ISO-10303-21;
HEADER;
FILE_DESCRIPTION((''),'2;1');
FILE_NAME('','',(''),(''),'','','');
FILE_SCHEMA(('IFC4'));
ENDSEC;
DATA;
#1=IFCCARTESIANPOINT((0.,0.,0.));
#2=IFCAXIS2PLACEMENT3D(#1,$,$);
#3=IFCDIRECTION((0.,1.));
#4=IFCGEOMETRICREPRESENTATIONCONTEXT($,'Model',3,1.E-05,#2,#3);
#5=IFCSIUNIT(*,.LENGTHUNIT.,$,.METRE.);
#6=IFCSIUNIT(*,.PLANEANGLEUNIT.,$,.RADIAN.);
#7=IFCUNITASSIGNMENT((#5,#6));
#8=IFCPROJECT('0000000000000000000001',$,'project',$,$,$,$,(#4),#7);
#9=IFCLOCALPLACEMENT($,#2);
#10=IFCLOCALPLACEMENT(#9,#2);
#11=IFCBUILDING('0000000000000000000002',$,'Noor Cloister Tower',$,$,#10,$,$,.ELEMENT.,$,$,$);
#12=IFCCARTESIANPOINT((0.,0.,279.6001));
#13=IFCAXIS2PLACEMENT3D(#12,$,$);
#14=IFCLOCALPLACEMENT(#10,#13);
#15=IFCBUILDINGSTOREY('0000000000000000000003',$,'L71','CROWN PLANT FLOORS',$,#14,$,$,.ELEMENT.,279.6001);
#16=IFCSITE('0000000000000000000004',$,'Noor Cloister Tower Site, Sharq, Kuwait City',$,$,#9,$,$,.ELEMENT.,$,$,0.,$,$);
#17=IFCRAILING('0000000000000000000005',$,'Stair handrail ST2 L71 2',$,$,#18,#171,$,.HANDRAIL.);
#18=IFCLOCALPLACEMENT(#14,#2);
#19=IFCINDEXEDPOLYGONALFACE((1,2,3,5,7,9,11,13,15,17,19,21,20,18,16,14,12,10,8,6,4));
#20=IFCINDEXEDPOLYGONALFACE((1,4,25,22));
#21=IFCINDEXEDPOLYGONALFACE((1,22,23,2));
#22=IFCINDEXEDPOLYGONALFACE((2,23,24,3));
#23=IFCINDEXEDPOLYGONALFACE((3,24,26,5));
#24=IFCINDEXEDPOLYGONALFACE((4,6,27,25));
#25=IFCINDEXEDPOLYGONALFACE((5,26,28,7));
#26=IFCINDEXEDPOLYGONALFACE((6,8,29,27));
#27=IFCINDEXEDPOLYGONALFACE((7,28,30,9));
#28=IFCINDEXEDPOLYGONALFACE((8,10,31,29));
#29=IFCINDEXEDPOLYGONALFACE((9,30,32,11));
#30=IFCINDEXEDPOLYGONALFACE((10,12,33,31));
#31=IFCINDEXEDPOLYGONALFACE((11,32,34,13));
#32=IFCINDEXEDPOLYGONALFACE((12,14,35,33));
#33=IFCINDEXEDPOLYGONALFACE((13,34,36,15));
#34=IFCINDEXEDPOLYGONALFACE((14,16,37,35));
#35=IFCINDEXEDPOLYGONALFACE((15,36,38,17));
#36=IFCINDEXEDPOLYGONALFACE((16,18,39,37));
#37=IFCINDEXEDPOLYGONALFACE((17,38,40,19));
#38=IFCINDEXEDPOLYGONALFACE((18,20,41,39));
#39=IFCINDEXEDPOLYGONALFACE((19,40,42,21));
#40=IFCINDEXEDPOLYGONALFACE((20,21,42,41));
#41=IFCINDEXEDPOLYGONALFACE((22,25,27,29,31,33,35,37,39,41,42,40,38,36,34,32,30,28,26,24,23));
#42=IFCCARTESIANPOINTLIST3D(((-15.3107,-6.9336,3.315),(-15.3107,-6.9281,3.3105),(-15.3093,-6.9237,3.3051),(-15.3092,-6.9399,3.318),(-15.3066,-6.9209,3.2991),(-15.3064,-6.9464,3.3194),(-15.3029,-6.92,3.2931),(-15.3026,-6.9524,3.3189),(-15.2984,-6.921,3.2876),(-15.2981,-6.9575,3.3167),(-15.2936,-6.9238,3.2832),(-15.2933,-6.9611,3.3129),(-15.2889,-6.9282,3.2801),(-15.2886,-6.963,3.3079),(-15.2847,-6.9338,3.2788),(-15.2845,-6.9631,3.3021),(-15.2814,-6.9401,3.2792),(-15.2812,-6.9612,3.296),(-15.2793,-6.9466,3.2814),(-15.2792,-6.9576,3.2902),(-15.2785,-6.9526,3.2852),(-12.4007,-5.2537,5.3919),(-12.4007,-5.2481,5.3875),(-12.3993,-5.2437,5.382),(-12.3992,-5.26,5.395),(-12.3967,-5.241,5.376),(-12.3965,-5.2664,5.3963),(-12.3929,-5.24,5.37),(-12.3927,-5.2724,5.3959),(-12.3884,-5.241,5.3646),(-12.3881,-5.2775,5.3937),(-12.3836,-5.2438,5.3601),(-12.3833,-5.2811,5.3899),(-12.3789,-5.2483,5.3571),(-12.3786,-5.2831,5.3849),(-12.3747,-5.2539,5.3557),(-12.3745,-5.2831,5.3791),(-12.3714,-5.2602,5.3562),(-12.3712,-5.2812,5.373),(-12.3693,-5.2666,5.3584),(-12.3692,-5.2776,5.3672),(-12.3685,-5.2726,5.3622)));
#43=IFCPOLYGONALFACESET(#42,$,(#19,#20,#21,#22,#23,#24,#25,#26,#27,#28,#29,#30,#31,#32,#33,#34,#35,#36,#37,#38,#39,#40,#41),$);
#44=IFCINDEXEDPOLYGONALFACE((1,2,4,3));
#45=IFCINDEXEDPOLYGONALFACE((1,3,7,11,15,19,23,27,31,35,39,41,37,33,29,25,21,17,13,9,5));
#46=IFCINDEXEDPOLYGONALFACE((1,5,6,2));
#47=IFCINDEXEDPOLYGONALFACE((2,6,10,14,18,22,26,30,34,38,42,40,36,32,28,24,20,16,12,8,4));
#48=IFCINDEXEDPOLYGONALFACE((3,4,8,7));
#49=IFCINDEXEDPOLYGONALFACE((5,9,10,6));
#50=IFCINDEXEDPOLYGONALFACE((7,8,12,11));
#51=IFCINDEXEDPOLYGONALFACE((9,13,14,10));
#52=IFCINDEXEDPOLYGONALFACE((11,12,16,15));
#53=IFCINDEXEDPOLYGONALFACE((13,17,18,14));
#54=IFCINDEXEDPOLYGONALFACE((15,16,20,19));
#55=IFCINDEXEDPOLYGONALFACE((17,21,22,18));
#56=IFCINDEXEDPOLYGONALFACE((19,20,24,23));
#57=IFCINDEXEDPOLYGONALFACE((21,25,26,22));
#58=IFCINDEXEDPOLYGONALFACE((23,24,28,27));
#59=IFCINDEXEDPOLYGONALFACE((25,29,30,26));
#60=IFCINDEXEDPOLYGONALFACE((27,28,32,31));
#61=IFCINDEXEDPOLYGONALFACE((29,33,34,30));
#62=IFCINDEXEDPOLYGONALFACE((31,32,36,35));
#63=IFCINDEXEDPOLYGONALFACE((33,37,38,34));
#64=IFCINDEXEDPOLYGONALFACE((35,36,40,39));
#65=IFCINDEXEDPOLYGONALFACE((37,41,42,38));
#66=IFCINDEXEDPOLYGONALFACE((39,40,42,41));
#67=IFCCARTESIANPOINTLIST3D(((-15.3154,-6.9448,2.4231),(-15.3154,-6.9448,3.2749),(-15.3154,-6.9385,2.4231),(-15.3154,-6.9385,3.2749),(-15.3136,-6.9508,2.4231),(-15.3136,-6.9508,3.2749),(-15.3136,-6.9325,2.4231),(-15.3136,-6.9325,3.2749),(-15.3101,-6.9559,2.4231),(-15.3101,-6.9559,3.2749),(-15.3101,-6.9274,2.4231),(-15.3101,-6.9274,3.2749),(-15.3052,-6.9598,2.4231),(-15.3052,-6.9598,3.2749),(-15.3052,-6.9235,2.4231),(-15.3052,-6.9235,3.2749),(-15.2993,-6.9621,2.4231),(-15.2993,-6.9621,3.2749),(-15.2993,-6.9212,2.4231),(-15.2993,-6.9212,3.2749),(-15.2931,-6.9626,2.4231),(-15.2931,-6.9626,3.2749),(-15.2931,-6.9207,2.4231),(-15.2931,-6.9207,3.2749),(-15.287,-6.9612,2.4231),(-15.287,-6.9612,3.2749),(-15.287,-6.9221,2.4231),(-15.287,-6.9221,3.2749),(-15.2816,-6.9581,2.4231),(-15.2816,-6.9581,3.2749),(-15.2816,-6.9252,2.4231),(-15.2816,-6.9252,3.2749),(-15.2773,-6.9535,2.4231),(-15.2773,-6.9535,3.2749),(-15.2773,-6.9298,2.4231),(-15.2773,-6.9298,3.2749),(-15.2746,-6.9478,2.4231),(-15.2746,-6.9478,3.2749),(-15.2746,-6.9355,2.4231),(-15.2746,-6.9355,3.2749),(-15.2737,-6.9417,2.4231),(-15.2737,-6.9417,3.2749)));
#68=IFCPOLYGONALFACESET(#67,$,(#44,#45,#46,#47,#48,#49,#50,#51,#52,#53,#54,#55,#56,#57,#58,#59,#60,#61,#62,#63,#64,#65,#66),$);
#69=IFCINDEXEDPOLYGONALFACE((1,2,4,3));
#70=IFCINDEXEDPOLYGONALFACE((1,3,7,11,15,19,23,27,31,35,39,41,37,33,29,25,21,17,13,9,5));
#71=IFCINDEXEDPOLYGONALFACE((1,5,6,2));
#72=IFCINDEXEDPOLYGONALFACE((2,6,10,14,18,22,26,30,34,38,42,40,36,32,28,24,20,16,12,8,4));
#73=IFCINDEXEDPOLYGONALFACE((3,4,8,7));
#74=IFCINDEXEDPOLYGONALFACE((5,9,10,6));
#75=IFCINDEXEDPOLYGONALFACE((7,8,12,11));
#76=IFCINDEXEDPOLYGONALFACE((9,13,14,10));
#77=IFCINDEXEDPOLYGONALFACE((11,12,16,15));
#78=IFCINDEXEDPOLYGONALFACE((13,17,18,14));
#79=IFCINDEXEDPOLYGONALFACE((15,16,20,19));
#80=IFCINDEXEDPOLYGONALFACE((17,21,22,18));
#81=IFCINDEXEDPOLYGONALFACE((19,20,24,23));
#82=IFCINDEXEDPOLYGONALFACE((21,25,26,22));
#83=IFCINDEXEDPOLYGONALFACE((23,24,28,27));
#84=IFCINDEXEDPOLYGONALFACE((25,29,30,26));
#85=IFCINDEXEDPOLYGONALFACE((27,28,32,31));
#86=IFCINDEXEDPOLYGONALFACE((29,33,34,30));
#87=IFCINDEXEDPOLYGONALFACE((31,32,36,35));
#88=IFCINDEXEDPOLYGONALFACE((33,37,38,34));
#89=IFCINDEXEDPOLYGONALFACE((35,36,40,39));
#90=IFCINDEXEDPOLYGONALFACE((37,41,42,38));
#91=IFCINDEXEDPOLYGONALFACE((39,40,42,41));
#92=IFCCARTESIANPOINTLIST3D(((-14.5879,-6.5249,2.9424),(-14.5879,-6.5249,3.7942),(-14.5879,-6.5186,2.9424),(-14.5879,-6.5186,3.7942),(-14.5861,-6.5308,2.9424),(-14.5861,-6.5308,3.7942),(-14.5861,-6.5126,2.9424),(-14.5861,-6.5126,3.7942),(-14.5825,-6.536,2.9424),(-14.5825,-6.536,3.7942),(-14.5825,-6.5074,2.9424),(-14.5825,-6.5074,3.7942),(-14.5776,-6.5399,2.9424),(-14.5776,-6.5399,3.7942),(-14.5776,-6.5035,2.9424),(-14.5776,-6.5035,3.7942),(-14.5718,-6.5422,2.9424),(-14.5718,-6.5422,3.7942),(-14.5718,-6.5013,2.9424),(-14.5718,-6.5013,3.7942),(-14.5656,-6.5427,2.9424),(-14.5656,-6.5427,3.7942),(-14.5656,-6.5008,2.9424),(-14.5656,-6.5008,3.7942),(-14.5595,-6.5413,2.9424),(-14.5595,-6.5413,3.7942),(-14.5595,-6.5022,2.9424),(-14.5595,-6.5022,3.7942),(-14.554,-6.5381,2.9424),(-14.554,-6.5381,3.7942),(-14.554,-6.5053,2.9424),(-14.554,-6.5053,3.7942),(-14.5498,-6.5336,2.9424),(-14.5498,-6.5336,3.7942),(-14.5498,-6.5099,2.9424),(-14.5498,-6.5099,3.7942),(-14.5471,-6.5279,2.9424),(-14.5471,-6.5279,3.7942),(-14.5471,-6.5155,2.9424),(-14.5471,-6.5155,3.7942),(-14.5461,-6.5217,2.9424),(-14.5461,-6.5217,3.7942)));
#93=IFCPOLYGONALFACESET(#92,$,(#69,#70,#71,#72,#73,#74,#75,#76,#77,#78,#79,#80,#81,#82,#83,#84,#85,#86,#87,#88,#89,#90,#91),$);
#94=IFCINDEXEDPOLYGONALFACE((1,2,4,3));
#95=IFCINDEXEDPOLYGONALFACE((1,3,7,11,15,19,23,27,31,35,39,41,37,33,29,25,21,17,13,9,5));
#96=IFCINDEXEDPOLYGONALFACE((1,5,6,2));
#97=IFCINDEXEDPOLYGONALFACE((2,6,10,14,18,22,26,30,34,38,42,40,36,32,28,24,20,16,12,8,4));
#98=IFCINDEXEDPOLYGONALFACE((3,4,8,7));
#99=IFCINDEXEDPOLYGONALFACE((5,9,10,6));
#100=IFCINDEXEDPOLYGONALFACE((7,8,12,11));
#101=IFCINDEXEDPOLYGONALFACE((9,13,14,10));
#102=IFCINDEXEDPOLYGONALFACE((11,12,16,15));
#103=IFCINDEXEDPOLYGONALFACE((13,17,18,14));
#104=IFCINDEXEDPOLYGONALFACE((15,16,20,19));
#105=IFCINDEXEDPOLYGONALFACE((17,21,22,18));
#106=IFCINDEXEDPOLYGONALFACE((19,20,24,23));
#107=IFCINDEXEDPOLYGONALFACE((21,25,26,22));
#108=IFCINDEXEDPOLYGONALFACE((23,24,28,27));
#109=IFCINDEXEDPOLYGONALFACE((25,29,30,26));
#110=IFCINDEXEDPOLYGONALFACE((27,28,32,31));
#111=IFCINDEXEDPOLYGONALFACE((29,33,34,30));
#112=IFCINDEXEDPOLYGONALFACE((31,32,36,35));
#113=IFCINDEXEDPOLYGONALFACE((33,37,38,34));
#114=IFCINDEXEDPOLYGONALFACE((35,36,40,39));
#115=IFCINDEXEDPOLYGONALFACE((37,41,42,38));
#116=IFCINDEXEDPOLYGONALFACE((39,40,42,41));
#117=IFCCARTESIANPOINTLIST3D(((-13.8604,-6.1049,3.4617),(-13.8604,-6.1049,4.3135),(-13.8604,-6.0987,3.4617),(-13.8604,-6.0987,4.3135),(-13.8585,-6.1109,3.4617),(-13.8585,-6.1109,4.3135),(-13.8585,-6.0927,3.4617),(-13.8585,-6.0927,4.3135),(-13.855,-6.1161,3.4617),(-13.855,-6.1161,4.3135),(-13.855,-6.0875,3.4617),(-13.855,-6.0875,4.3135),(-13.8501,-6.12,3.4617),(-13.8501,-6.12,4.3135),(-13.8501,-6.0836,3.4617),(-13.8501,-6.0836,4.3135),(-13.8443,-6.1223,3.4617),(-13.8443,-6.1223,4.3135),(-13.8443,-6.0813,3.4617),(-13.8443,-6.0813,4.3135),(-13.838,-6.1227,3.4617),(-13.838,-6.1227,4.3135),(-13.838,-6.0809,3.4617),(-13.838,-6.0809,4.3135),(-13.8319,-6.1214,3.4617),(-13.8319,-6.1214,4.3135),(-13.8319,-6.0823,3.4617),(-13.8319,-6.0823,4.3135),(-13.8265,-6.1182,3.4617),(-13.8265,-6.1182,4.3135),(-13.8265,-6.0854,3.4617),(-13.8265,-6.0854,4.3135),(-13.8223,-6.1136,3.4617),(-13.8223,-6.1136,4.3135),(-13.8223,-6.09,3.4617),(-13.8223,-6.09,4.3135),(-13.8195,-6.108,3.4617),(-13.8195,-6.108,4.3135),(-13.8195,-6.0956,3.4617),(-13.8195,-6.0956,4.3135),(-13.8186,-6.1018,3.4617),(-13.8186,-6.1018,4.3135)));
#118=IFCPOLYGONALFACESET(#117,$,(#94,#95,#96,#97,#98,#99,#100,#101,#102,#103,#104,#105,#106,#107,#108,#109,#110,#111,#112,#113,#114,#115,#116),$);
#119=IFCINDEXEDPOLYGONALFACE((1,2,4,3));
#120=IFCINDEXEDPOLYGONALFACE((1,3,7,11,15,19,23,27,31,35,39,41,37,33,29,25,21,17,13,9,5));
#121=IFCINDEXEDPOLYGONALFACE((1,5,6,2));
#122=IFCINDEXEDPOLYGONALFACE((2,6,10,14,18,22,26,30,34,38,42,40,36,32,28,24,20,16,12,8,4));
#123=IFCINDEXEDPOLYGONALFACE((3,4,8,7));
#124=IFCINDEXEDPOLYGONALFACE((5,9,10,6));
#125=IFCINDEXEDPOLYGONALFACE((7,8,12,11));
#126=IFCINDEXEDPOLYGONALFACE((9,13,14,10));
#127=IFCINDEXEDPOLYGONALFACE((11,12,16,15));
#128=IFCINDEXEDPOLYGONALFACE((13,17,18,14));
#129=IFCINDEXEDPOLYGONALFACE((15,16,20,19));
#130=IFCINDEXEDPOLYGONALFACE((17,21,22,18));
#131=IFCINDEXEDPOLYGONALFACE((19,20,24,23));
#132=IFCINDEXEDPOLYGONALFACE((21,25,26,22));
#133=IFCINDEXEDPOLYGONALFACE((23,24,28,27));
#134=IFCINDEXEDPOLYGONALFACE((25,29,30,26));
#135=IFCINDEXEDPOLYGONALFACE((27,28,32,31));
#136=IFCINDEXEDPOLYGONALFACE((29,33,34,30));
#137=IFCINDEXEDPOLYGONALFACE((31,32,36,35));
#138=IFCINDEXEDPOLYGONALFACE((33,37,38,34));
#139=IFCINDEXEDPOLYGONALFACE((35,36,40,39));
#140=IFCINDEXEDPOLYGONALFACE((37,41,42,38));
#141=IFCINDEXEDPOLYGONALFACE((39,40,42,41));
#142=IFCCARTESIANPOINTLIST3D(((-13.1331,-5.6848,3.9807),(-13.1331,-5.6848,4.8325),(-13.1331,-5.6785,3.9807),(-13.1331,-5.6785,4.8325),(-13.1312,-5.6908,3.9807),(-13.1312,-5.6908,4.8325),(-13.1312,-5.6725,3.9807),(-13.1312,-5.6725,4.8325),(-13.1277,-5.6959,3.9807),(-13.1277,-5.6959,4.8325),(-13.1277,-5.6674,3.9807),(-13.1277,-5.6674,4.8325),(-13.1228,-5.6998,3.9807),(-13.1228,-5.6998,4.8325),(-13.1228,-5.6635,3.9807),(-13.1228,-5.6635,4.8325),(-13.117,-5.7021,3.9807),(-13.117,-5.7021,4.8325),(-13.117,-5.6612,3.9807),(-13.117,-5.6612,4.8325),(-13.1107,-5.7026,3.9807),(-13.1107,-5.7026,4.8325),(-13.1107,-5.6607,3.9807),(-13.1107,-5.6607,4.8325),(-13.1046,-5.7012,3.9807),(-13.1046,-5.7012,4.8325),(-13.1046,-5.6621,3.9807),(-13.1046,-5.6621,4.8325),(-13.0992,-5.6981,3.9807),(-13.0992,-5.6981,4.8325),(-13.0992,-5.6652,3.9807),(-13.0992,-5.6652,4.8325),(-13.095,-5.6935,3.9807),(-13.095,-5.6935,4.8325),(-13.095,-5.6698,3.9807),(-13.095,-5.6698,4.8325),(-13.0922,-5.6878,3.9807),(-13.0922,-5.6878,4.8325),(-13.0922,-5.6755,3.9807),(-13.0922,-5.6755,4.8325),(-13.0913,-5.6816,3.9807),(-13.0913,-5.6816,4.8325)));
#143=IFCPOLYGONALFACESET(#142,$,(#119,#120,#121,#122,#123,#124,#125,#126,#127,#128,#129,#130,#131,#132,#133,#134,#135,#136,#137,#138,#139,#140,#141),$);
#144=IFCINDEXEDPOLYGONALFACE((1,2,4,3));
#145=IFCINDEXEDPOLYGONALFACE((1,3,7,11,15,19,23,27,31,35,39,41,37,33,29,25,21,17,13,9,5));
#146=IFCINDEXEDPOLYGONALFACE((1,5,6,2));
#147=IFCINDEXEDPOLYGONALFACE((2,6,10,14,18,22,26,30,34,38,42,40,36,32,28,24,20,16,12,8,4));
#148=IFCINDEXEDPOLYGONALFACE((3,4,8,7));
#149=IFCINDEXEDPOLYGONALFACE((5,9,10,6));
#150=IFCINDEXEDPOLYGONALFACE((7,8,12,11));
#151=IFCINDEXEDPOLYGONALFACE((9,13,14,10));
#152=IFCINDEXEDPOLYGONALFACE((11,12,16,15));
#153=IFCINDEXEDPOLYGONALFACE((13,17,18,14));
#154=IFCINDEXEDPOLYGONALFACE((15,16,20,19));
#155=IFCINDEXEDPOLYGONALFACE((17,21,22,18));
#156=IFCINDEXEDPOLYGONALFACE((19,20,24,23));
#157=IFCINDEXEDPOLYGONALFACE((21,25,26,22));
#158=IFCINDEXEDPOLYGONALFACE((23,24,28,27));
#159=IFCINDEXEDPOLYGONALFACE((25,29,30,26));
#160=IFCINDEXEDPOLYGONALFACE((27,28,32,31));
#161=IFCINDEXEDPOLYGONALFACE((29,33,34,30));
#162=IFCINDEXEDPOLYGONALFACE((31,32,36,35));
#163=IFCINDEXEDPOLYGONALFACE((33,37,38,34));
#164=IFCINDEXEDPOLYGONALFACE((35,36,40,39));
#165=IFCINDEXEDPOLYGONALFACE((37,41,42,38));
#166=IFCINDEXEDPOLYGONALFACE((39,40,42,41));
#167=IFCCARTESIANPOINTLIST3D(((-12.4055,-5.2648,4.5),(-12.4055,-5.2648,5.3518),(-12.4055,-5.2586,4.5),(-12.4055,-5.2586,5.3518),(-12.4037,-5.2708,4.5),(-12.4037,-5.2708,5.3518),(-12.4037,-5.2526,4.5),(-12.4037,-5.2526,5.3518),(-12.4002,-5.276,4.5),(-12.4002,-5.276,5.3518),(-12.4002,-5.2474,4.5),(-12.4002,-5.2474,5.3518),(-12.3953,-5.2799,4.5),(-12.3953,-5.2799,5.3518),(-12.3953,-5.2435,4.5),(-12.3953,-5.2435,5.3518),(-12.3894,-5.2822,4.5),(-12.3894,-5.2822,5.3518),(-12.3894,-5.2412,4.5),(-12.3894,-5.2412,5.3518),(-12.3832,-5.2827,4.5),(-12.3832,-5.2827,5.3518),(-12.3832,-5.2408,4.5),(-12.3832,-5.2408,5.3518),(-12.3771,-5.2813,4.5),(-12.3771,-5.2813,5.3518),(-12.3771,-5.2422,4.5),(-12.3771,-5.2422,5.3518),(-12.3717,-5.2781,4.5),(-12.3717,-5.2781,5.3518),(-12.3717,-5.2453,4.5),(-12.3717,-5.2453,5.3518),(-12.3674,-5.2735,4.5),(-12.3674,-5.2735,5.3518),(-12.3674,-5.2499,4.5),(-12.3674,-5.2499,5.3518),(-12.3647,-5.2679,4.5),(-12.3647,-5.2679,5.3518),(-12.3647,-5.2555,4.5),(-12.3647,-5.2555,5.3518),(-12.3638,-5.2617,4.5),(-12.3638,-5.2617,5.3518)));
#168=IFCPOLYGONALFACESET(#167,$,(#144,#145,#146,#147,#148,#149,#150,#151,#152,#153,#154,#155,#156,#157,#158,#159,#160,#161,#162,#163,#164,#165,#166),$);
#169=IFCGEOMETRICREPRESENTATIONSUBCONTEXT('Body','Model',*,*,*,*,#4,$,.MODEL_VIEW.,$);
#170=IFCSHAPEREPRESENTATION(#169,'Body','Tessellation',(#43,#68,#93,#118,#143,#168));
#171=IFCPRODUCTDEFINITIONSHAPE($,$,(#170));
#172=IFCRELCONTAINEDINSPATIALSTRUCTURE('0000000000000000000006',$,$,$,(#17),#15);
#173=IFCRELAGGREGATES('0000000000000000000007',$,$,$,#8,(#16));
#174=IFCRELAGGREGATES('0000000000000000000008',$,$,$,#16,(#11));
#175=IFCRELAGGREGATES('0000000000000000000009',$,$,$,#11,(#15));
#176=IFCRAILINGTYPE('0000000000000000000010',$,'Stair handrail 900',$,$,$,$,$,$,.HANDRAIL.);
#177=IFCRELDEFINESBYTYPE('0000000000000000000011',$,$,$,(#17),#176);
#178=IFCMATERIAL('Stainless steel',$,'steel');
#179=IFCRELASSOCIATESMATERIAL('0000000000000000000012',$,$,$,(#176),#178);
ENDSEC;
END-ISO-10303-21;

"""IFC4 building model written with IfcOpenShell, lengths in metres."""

from ifc_helpers import new_model, si_unit, direction, frame, origin, origin_2d, place, context, subcontext, project, spatial, circle, extrude, material, type_object, element, save


model = new_model("IFC4")

# Units and contexts
model_context = context("Model", 3, precision=1e-05, world=origin(), true_north=direction((0.0, 1.0)))
body_context = subcontext(model_context, "Body", "Model", "MODEL_VIEW")
ifc_project = project(units=[si_unit("LENGTHUNIT", "METRE"), si_unit("PLANEANGLEUNIT", "RADIAN")], contexts=[model_context])

# Site, building, storey
site_placement = place(None, origin())
site = spatial("IfcSite", under=ifc_project, at=site_placement, Name="Noor Cloister Tower Site, Sharq, Kuwait City", CompositionType="ELEMENT", RefElevation=0.0)
building_placement = place(site_placement, origin())
building = spatial("IfcBuilding", under=site, at=building_placement, Name="Noor Cloister Tower", CompositionType="ELEMENT")
storey_placement = place(building_placement, frame((0.0, 0.0, 279.6001)))
storey = spatial("IfcBuildingStorey", under=building, at=storey_placement, Name="L71", Description="CROWN PLANT FLOORS", CompositionType="ELEMENT", Elevation=279.6001)

# Railing
ifc_material_1 = material(Name="Stainless steel", Category="steel")
railing_type_1 = type_object("IfcRailingType", Name="Stair handrail 900", PredefinedType="HANDRAIL", material=ifc_material_1)
railing_1_placement = place(storey_placement, frame((-15.2947, -6.9417, 2.4231)))
element("IfcRailing", 1, at=railing_1_placement, inside=storey, type_object=railing_type_1, Name="Stair handrail ST2 L71 2", PredefinedType="HANDRAIL", context=body_context, shape_type="SweptSolid", body=[
    extrude(circle(Radius=0.0239, at=origin_2d()), frame((0.0, 0.0, 0.876), z_axis=(0.736668, 0.425288, 0.525785), x_axis=(-0.499976, 0.866039, 0.0)), (0.0, 0.0, 1.0), 3.9502),
    extrude(circle(Radius=0.021, at=origin_2d()), origin(), (0.0, 0.0, 1.0), 0.8518),
    extrude(circle(Radius=0.021, at=origin_2d()), frame((0.7275, 0.4199, 0.5193)), (0.0, 0.0, 1.0), 0.8518),
    extrude(circle(Radius=0.021, at=origin_2d()), frame((1.4551, 0.8398, 1.0386)), (0.0, 0.0, 1.0), 0.8518),
    extrude(circle(Radius=0.021, at=origin_2d()), frame((2.1824, 1.26, 1.5576)), (0.0, 0.0, 1.0), 0.8518),
    extrude(circle(Radius=0.021, at=origin_2d()), frame((2.9099, 1.6799, 2.0769)), (0.0, 0.0, 1.0), 0.8518),
])

save(model, "model.ifc")
